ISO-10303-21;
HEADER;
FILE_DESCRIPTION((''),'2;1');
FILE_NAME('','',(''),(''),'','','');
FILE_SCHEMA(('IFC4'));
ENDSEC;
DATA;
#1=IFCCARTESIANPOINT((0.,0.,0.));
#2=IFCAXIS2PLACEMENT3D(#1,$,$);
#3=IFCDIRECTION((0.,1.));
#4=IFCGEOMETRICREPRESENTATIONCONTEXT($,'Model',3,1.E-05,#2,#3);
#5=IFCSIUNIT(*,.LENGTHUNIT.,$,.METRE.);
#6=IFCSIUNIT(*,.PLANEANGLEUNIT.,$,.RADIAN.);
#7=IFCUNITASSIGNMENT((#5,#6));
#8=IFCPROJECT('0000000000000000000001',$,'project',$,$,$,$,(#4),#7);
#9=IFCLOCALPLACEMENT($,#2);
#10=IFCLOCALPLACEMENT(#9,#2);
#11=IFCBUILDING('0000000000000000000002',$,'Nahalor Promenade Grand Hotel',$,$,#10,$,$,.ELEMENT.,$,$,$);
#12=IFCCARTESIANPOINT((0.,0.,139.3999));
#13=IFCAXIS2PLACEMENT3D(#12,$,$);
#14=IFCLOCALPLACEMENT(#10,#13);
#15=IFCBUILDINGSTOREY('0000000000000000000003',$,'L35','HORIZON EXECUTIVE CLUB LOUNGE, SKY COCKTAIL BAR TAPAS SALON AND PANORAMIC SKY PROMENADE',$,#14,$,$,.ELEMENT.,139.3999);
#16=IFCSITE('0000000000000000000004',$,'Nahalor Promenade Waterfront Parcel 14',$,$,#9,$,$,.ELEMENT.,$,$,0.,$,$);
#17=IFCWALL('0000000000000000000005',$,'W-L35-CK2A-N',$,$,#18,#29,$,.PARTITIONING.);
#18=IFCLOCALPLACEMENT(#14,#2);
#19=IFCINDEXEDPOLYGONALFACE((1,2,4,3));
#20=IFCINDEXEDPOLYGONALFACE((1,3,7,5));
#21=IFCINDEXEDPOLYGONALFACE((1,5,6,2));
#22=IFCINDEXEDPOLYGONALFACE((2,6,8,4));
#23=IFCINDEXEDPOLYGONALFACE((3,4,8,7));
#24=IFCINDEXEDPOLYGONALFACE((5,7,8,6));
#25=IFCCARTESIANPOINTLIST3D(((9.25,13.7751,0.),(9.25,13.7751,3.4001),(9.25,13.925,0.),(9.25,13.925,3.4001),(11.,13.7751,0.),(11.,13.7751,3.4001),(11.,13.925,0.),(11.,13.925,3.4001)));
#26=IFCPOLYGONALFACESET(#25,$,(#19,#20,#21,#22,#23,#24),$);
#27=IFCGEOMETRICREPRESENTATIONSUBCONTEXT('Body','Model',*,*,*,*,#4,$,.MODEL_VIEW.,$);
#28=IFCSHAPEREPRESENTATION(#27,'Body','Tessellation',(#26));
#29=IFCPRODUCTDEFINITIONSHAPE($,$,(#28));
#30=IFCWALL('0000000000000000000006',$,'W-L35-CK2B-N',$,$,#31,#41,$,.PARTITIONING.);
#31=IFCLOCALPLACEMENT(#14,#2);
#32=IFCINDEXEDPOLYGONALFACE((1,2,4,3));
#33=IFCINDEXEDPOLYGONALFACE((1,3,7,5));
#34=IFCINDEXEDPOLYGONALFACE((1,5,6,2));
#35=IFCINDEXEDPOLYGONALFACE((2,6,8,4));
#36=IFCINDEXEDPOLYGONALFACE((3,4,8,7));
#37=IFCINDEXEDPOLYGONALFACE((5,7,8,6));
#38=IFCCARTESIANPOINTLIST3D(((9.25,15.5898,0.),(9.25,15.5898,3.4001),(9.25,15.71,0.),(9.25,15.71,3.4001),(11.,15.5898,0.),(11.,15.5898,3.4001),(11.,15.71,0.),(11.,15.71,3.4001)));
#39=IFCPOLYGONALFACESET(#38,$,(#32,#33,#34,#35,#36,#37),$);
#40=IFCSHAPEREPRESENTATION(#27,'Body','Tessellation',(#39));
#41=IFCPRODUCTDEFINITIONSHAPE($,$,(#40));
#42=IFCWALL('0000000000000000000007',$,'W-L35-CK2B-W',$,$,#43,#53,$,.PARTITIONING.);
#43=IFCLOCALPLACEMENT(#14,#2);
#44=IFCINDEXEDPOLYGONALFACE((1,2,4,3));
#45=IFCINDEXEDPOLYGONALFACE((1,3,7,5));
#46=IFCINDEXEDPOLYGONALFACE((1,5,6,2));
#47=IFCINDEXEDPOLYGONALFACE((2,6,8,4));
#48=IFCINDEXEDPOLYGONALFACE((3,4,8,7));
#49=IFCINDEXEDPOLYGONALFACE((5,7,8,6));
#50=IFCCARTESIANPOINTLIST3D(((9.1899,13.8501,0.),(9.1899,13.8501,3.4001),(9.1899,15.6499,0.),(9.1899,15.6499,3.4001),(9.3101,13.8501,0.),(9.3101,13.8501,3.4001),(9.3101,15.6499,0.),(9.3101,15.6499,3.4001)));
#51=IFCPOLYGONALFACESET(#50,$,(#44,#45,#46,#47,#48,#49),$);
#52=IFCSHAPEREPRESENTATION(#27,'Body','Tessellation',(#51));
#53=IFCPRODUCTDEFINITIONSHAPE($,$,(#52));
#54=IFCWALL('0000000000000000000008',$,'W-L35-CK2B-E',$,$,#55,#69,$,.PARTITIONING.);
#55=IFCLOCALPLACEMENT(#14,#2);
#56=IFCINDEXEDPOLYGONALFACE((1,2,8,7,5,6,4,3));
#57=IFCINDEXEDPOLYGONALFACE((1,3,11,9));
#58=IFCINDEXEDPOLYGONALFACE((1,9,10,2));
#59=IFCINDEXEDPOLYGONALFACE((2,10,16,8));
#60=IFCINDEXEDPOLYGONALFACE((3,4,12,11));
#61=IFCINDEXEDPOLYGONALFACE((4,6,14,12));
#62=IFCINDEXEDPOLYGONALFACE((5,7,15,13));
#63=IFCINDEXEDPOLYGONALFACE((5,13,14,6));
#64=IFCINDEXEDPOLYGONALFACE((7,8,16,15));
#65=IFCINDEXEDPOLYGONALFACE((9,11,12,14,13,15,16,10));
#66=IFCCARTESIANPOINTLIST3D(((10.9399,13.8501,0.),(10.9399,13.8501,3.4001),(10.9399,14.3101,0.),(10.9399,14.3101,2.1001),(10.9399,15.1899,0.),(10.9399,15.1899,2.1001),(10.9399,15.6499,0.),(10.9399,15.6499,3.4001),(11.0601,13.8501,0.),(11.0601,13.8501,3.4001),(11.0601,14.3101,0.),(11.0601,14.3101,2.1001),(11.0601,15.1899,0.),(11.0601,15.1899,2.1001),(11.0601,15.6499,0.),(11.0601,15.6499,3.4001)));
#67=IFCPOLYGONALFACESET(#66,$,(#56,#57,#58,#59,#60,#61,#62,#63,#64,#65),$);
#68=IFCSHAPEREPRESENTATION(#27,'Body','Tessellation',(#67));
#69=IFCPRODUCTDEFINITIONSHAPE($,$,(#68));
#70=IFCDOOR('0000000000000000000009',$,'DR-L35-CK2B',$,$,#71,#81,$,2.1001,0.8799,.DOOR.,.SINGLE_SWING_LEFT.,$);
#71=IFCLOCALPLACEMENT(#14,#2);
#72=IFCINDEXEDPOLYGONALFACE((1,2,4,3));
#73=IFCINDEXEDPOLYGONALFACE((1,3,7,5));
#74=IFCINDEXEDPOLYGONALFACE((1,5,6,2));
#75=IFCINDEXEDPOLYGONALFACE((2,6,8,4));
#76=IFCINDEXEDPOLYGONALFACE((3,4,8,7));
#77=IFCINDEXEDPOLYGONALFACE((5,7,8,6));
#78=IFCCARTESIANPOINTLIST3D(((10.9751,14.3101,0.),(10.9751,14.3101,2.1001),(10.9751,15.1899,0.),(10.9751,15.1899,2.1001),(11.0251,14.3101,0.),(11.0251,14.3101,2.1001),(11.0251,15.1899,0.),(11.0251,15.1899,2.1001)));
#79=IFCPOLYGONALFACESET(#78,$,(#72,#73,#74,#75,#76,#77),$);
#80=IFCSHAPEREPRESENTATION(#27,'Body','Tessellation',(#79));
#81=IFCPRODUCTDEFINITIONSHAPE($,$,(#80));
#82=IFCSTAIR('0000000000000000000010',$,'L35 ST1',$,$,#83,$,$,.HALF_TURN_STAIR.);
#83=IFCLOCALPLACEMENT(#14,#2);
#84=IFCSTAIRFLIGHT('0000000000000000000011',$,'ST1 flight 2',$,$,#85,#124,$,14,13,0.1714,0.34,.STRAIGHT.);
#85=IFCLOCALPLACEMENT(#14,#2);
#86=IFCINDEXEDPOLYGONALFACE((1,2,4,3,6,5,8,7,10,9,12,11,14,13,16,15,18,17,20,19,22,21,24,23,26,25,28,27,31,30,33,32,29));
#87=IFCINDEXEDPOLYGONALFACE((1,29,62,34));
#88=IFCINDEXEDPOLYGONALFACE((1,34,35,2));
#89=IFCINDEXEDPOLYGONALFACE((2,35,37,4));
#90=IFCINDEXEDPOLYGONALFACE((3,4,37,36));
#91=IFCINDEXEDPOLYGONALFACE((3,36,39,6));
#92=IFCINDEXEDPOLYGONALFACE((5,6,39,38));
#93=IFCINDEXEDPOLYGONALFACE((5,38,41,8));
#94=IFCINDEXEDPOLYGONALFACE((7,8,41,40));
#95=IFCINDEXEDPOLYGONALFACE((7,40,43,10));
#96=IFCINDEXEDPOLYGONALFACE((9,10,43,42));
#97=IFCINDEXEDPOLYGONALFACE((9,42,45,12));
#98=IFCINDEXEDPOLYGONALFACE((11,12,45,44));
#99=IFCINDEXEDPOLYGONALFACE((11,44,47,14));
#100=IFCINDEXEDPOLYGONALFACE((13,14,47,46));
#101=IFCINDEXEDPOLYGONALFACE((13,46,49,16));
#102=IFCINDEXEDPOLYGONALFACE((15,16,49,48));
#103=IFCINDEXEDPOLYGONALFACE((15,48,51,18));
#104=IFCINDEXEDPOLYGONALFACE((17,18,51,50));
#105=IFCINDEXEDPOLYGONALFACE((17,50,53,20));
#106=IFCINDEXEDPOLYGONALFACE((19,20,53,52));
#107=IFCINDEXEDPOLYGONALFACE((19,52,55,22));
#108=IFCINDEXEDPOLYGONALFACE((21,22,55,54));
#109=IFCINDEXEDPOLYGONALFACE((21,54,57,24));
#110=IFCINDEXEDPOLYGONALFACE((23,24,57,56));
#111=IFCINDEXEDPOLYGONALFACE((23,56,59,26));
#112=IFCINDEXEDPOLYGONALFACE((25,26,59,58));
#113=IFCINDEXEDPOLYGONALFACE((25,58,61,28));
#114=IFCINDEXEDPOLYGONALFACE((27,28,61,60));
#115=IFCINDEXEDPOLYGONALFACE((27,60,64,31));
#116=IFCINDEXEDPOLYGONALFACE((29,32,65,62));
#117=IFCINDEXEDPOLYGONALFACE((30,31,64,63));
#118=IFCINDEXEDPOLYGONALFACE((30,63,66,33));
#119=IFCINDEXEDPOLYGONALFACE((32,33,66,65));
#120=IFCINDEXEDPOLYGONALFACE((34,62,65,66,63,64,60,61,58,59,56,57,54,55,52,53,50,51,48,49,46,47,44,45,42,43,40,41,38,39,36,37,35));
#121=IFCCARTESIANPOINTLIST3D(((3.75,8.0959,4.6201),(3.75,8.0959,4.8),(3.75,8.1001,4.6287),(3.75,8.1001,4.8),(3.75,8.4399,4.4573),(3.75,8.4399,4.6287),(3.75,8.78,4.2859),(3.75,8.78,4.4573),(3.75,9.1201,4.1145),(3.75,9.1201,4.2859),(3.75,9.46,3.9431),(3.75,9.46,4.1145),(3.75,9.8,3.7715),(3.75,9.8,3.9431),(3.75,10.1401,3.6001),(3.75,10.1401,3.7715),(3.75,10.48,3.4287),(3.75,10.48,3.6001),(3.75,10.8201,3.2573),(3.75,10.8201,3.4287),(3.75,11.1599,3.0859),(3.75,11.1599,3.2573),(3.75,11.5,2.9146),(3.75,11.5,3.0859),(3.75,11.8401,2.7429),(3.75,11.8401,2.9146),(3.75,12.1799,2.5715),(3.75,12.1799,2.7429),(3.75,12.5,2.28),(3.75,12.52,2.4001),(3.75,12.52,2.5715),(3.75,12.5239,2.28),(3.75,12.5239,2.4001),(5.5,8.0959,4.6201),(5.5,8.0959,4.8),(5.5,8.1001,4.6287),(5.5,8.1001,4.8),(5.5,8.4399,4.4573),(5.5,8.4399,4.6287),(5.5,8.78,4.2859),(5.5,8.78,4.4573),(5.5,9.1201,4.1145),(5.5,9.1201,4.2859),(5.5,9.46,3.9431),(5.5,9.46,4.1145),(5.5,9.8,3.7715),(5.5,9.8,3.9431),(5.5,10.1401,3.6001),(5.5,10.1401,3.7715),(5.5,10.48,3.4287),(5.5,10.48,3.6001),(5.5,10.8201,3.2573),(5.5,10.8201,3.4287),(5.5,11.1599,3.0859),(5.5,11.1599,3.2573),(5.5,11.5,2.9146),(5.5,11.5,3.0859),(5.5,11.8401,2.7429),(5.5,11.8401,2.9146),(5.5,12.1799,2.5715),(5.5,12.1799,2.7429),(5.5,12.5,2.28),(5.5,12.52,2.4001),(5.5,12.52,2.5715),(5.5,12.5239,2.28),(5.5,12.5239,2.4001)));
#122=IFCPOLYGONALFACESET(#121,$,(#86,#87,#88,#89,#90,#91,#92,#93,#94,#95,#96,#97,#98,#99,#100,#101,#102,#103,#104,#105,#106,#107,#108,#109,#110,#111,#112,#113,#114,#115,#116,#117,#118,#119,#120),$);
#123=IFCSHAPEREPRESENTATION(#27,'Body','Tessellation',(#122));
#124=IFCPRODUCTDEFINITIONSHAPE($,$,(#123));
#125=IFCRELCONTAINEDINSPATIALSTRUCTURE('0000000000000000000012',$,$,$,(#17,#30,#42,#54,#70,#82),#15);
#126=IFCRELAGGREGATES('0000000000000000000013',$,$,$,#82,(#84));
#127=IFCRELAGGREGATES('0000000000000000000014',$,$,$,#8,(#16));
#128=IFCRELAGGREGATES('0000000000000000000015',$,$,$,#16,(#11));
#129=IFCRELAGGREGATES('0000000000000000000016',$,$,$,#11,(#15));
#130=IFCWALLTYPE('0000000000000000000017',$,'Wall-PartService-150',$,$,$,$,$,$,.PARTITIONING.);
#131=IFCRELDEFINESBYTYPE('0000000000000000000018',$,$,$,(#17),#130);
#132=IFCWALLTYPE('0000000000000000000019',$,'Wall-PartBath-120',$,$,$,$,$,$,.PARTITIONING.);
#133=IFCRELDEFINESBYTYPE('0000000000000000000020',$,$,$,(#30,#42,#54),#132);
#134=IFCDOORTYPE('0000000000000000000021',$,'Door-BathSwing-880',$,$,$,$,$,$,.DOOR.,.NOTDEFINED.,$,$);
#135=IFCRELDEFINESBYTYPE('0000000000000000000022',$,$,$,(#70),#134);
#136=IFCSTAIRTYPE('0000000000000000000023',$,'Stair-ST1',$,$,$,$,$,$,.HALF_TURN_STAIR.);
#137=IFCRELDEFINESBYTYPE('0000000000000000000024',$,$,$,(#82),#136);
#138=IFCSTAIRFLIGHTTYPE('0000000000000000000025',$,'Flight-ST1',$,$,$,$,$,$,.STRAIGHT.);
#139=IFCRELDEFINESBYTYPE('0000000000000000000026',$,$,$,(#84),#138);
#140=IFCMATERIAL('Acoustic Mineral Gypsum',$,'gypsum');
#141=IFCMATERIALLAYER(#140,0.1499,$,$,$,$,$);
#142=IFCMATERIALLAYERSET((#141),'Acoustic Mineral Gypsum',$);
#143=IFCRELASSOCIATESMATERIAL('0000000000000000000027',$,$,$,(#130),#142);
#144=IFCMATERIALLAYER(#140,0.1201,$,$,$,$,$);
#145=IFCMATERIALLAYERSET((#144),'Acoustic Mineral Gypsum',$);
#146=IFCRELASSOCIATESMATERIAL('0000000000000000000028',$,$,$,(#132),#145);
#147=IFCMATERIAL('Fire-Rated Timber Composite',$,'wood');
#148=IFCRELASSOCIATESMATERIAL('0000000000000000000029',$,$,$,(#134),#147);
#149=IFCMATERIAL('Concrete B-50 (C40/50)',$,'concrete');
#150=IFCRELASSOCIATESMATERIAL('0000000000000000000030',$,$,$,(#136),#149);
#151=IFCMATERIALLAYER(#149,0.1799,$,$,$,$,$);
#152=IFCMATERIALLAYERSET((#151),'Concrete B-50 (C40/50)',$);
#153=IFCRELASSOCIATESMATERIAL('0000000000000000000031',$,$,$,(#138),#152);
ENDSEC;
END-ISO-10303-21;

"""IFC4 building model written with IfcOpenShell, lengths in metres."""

from ifc_helpers import new_model, si_unit, direction, frame, frame_2d, origin, place, context, subcontext, project, spatial, polyline, rectangle, outline, extrude, source, transform, mapped, material, layer, layer_set, type_object, element, fill, aggregate, save


model = new_model("IFC4")

# Units and contexts
model_context = context("Model", 3, precision=1e-05, world=origin(), true_north=direction((0.0, 1.0)))
body_context = subcontext(model_context, "Body", "Model", "MODEL_VIEW")
ifc_project = project(units=[si_unit("LENGTHUNIT", "METRE"), si_unit("PLANEANGLEUNIT", "RADIAN")], contexts=[model_context])

# Site, building, storey
site_placement = place(None, origin())
site = spatial("IfcSite", under=ifc_project, at=site_placement, Name="Nahalor Promenade Waterfront Parcel 14", CompositionType="ELEMENT", RefElevation=0.0)
building_placement = place(site_placement, origin())
building = spatial("IfcBuilding", under=site, at=building_placement, Name="Nahalor Promenade Grand Hotel", CompositionType="ELEMENT")
storey_placement = place(building_placement, frame((0.0, 0.0, 139.3999)))
storey = spatial("IfcBuildingStorey", under=building, at=storey_placement, Name="L35", Description="HORIZON EXECUTIVE CLUB LOUNGE, SKY COCKTAIL BAR TAPAS SALON AND PANORAMIC SKY PROMENADE", CompositionType="ELEMENT", Elevation=139.3999)

# Shared definitions
ifc_material_1 = material(Name="Concrete B-50 (C40/50)", Category="concrete")

# Walls
ifc_material_2 = material(Name="Acoustic Mineral Gypsum", Category="gypsum")
ifc_layer_1 = layer(ifc_material_2, 0.1499)
ifc_layer_set_1 = layer_set([ifc_layer_1], Name="Acoustic Mineral Gypsum")
wall_type_1 = type_object("IfcWallType", Name="Wall-PartService-150", PredefinedType="PARTITIONING", material=ifc_layer_set_1)
shared_shape_1 = source(origin(), body_context, "Body", "SweptSolid", [
    extrude(rectangle(XDim=1.75, YDim=0.1499, at=frame_2d((0.875, 0.0))), origin(), (0.0, 0.0, 1.0), 3.4001),
])
wall_1_placement = place(storey_placement, frame((9.25, 13.8501, 0.0), z_axis=(0.0, 0.0, 1.0), x_axis=(1.0, 0.0, 0.0)))
element("IfcWall", 1, at=wall_1_placement, inside=storey, type_object=wall_type_1, Name="W-L35-CK2A-N", PredefinedType="PARTITIONING", context=body_context, shape_type="MappedRepresentation", body=[
    mapped(shared_shape_1, transform((0.0, 0.0, 0.0), scale=1.0)),
])
ifc_layer_2 = layer(ifc_material_2, 0.1201)
ifc_layer_set_2 = layer_set([ifc_layer_2], Name="Acoustic Mineral Gypsum")
wall_type_2 = type_object("IfcWallType", Name="Wall-PartBath-120", PredefinedType="PARTITIONING", material=ifc_layer_set_2)
shared_shape_2 = source(origin(), body_context, "Body", "SweptSolid", [
    extrude(rectangle(XDim=1.75, YDim=0.1201, at=frame_2d((0.875, 0.0))), origin(), (0.0, 0.0, 1.0), 3.4001),
])
wall_2_placement = place(storey_placement, frame((9.25, 15.6499, 0.0), z_axis=(0.0, 0.0, 1.0), x_axis=(1.0, 0.0, 0.0)))
element("IfcWall", 2, at=wall_2_placement, inside=storey, type_object=wall_type_2, Name="W-L35-CK2B-N", PredefinedType="PARTITIONING", context=body_context, shape_type="MappedRepresentation", body=[
    mapped(shared_shape_2, transform((0.0, 0.0, 0.0), scale=1.0)),
])
shared_shape_3 = source(origin(), body_context, "Body", "SweptSolid", [
    extrude(rectangle(XDim=1.7998, YDim=0.1201, at=frame_2d((0.8999, 0.0))), origin(), (0.0, 0.0, 1.0), 3.4001),
])
wall_3_placement = place(storey_placement, frame((9.25, 13.8501, 0.0), z_axis=(0.0, 0.0, 1.0), x_axis=(0.0, 1.0, 0.0)))
element("IfcWall", 3, at=wall_3_placement, inside=storey, type_object=wall_type_2, Name="W-L35-CK2B-W", PredefinedType="PARTITIONING", context=body_context, shape_type="MappedRepresentation", body=[
    mapped(shared_shape_3, transform((0.0, 0.0, 0.0), scale=1.0)),
])

# Wall, opening, door
wall_4_placement = place(storey_placement, frame((11.0, 13.8501, 0.0), z_axis=(0.0, 0.0, 1.0), x_axis=(0.0, 1.0, 0.0)))
wall_4 = element("IfcWall", 4, at=wall_4_placement, inside=storey, type_object=wall_type_2, Name="W-L35-CK2B-E", PredefinedType="PARTITIONING", context=body_context, shape_type="MappedRepresentation", body=[
    mapped(shared_shape_3, transform((0.0, 0.0, 0.0), scale=1.0)),
])
opening_1_placement = place(wall_4_placement, frame((0.46, 0.0, 0.0)))
opening_1 = element("IfcOpeningElement", 5, at=opening_1_placement, cuts=wall_4, PredefinedType="OPENING", context=body_context, shape_type="SweptSolid", body=[
    extrude(rectangle(XDim=0.8799, YDim=2.1001, at=frame_2d((0.4399, 1.05))), frame((0.0, 0.0701, 0.0), z_axis=(0.0, -1.0, 0.0), x_axis=(1.0, 0.0, 0.0)), (0.0, 0.0, 1.0), 0.1401),
])
ifc_material_3 = material(Name="Fire-Rated Timber Composite", Category="wood")
door_type_1 = type_object("IfcDoorType", Name="Door-BathSwing-880", OperationType="NOTDEFINED", PredefinedType="DOOR", material=ifc_material_3)
shared_shape_4 = source(origin(), body_context, "Body", "SweptSolid", [
    extrude(rectangle(XDim=0.8799, YDim=2.1001, at=frame_2d((0.4399, 1.05))), frame((0.0, 0.0249, 0.0), z_axis=(0.0, -1.0, 0.0), x_axis=(1.0, 0.0, 0.0)), (0.0, 0.0, 1.0), 0.05),
])
door_1_placement = place(opening_1_placement, origin())
door_1 = element("IfcDoor", 6, at=door_1_placement, inside=storey, type_object=door_type_1, Name="DR-L35-CK2B", OperationType="SINGLE_SWING_LEFT", OverallHeight=2.1001, OverallWidth=0.8799, PredefinedType="DOOR", context=body_context, shape_type="MappedRepresentation", body=[
    mapped(shared_shape_4, transform((0.0, 0.0, 0.0), scale=1.0)),
])
fill(opening_1, door_1)

# Stair, stair flight
stair_type = type_object("IfcStairType", Name="Stair-ST1", PredefinedType="HALF_TURN_STAIR", material=ifc_material_1)
stair_placement = place(storey_placement, origin())
stair = element("IfcStair", 7, at=stair_placement, inside=storey, type_object=stair_type, Name="L35 ST1", PredefinedType="HALF_TURN_STAIR")
ifc_layer_3 = layer(ifc_material_1, 0.1799)
ifc_layer_set_3 = layer_set([ifc_layer_3], Name="Concrete B-50 (C40/50)")
stair_flight_type = type_object("IfcStairFlightType", Name="Flight-ST1", PredefinedType="STRAIGHT", material=ifc_layer_set_3)
shared_shape_5 = source(origin(), body_context, "Body", "SweptSolid", [
    extrude(outline(polyline([(-0.0039, -0.1201), (-0.0039, 0.0), (0.0, 0.0), (0.0, 0.1714), (0.3401, 0.1714), (0.3401, 0.3428), (0.6799, 0.3428), (0.6799, 0.5144), (1.02, 0.5144), (1.02, 0.6858), (1.3601, 0.6858), (1.3601, 0.8572), (1.7, 0.8572), (1.7, 1.0286), (2.04, 1.0286), (2.04, 1.2), (2.3799, 1.2), (2.3799, 1.3713), (2.72, 1.3713), (2.72, 1.543), (3.0601, 1.543), (3.0601, 1.7144), (3.3999, 1.7144), (3.3999, 1.8857), (3.74, 1.8857), (3.74, 2.0571), (4.0801, 2.0571), (4.0801, 2.2285), (4.4199, 2.2285), (4.4199, 2.3999), (4.4241, 2.3999), (4.4241, 2.22), (0.02, -0.1201), (-0.0039, -0.1201)])), frame((0.0, 0.875, 0.0), z_axis=(0.0, -1.0, 0.0), x_axis=(1.0, 0.0, 0.0)), (0.0, 0.0, 1.0), 1.75),
])
stair_flight_placement = place(storey_placement, frame((4.625, 12.52, 2.4001), z_axis=(0.0, 0.0, 1.0), x_axis=(0.0, -1.0, 0.0)))
stair_flight = element("IfcStairFlight", 8, at=stair_flight_placement, type_object=stair_flight_type, Name="ST1 flight 2", NumberOfRisers=14, NumberOfTreads=13, PredefinedType="STRAIGHT", RiserHeight=0.1714, TreadLength=0.34, context=body_context, shape_type="MappedRepresentation", body=[
    mapped(shared_shape_5, transform((0.0, 0.0, 0.0), scale=1.0)),
])
aggregate(stair, [stair_flight])

save(model, "model.ifc")
